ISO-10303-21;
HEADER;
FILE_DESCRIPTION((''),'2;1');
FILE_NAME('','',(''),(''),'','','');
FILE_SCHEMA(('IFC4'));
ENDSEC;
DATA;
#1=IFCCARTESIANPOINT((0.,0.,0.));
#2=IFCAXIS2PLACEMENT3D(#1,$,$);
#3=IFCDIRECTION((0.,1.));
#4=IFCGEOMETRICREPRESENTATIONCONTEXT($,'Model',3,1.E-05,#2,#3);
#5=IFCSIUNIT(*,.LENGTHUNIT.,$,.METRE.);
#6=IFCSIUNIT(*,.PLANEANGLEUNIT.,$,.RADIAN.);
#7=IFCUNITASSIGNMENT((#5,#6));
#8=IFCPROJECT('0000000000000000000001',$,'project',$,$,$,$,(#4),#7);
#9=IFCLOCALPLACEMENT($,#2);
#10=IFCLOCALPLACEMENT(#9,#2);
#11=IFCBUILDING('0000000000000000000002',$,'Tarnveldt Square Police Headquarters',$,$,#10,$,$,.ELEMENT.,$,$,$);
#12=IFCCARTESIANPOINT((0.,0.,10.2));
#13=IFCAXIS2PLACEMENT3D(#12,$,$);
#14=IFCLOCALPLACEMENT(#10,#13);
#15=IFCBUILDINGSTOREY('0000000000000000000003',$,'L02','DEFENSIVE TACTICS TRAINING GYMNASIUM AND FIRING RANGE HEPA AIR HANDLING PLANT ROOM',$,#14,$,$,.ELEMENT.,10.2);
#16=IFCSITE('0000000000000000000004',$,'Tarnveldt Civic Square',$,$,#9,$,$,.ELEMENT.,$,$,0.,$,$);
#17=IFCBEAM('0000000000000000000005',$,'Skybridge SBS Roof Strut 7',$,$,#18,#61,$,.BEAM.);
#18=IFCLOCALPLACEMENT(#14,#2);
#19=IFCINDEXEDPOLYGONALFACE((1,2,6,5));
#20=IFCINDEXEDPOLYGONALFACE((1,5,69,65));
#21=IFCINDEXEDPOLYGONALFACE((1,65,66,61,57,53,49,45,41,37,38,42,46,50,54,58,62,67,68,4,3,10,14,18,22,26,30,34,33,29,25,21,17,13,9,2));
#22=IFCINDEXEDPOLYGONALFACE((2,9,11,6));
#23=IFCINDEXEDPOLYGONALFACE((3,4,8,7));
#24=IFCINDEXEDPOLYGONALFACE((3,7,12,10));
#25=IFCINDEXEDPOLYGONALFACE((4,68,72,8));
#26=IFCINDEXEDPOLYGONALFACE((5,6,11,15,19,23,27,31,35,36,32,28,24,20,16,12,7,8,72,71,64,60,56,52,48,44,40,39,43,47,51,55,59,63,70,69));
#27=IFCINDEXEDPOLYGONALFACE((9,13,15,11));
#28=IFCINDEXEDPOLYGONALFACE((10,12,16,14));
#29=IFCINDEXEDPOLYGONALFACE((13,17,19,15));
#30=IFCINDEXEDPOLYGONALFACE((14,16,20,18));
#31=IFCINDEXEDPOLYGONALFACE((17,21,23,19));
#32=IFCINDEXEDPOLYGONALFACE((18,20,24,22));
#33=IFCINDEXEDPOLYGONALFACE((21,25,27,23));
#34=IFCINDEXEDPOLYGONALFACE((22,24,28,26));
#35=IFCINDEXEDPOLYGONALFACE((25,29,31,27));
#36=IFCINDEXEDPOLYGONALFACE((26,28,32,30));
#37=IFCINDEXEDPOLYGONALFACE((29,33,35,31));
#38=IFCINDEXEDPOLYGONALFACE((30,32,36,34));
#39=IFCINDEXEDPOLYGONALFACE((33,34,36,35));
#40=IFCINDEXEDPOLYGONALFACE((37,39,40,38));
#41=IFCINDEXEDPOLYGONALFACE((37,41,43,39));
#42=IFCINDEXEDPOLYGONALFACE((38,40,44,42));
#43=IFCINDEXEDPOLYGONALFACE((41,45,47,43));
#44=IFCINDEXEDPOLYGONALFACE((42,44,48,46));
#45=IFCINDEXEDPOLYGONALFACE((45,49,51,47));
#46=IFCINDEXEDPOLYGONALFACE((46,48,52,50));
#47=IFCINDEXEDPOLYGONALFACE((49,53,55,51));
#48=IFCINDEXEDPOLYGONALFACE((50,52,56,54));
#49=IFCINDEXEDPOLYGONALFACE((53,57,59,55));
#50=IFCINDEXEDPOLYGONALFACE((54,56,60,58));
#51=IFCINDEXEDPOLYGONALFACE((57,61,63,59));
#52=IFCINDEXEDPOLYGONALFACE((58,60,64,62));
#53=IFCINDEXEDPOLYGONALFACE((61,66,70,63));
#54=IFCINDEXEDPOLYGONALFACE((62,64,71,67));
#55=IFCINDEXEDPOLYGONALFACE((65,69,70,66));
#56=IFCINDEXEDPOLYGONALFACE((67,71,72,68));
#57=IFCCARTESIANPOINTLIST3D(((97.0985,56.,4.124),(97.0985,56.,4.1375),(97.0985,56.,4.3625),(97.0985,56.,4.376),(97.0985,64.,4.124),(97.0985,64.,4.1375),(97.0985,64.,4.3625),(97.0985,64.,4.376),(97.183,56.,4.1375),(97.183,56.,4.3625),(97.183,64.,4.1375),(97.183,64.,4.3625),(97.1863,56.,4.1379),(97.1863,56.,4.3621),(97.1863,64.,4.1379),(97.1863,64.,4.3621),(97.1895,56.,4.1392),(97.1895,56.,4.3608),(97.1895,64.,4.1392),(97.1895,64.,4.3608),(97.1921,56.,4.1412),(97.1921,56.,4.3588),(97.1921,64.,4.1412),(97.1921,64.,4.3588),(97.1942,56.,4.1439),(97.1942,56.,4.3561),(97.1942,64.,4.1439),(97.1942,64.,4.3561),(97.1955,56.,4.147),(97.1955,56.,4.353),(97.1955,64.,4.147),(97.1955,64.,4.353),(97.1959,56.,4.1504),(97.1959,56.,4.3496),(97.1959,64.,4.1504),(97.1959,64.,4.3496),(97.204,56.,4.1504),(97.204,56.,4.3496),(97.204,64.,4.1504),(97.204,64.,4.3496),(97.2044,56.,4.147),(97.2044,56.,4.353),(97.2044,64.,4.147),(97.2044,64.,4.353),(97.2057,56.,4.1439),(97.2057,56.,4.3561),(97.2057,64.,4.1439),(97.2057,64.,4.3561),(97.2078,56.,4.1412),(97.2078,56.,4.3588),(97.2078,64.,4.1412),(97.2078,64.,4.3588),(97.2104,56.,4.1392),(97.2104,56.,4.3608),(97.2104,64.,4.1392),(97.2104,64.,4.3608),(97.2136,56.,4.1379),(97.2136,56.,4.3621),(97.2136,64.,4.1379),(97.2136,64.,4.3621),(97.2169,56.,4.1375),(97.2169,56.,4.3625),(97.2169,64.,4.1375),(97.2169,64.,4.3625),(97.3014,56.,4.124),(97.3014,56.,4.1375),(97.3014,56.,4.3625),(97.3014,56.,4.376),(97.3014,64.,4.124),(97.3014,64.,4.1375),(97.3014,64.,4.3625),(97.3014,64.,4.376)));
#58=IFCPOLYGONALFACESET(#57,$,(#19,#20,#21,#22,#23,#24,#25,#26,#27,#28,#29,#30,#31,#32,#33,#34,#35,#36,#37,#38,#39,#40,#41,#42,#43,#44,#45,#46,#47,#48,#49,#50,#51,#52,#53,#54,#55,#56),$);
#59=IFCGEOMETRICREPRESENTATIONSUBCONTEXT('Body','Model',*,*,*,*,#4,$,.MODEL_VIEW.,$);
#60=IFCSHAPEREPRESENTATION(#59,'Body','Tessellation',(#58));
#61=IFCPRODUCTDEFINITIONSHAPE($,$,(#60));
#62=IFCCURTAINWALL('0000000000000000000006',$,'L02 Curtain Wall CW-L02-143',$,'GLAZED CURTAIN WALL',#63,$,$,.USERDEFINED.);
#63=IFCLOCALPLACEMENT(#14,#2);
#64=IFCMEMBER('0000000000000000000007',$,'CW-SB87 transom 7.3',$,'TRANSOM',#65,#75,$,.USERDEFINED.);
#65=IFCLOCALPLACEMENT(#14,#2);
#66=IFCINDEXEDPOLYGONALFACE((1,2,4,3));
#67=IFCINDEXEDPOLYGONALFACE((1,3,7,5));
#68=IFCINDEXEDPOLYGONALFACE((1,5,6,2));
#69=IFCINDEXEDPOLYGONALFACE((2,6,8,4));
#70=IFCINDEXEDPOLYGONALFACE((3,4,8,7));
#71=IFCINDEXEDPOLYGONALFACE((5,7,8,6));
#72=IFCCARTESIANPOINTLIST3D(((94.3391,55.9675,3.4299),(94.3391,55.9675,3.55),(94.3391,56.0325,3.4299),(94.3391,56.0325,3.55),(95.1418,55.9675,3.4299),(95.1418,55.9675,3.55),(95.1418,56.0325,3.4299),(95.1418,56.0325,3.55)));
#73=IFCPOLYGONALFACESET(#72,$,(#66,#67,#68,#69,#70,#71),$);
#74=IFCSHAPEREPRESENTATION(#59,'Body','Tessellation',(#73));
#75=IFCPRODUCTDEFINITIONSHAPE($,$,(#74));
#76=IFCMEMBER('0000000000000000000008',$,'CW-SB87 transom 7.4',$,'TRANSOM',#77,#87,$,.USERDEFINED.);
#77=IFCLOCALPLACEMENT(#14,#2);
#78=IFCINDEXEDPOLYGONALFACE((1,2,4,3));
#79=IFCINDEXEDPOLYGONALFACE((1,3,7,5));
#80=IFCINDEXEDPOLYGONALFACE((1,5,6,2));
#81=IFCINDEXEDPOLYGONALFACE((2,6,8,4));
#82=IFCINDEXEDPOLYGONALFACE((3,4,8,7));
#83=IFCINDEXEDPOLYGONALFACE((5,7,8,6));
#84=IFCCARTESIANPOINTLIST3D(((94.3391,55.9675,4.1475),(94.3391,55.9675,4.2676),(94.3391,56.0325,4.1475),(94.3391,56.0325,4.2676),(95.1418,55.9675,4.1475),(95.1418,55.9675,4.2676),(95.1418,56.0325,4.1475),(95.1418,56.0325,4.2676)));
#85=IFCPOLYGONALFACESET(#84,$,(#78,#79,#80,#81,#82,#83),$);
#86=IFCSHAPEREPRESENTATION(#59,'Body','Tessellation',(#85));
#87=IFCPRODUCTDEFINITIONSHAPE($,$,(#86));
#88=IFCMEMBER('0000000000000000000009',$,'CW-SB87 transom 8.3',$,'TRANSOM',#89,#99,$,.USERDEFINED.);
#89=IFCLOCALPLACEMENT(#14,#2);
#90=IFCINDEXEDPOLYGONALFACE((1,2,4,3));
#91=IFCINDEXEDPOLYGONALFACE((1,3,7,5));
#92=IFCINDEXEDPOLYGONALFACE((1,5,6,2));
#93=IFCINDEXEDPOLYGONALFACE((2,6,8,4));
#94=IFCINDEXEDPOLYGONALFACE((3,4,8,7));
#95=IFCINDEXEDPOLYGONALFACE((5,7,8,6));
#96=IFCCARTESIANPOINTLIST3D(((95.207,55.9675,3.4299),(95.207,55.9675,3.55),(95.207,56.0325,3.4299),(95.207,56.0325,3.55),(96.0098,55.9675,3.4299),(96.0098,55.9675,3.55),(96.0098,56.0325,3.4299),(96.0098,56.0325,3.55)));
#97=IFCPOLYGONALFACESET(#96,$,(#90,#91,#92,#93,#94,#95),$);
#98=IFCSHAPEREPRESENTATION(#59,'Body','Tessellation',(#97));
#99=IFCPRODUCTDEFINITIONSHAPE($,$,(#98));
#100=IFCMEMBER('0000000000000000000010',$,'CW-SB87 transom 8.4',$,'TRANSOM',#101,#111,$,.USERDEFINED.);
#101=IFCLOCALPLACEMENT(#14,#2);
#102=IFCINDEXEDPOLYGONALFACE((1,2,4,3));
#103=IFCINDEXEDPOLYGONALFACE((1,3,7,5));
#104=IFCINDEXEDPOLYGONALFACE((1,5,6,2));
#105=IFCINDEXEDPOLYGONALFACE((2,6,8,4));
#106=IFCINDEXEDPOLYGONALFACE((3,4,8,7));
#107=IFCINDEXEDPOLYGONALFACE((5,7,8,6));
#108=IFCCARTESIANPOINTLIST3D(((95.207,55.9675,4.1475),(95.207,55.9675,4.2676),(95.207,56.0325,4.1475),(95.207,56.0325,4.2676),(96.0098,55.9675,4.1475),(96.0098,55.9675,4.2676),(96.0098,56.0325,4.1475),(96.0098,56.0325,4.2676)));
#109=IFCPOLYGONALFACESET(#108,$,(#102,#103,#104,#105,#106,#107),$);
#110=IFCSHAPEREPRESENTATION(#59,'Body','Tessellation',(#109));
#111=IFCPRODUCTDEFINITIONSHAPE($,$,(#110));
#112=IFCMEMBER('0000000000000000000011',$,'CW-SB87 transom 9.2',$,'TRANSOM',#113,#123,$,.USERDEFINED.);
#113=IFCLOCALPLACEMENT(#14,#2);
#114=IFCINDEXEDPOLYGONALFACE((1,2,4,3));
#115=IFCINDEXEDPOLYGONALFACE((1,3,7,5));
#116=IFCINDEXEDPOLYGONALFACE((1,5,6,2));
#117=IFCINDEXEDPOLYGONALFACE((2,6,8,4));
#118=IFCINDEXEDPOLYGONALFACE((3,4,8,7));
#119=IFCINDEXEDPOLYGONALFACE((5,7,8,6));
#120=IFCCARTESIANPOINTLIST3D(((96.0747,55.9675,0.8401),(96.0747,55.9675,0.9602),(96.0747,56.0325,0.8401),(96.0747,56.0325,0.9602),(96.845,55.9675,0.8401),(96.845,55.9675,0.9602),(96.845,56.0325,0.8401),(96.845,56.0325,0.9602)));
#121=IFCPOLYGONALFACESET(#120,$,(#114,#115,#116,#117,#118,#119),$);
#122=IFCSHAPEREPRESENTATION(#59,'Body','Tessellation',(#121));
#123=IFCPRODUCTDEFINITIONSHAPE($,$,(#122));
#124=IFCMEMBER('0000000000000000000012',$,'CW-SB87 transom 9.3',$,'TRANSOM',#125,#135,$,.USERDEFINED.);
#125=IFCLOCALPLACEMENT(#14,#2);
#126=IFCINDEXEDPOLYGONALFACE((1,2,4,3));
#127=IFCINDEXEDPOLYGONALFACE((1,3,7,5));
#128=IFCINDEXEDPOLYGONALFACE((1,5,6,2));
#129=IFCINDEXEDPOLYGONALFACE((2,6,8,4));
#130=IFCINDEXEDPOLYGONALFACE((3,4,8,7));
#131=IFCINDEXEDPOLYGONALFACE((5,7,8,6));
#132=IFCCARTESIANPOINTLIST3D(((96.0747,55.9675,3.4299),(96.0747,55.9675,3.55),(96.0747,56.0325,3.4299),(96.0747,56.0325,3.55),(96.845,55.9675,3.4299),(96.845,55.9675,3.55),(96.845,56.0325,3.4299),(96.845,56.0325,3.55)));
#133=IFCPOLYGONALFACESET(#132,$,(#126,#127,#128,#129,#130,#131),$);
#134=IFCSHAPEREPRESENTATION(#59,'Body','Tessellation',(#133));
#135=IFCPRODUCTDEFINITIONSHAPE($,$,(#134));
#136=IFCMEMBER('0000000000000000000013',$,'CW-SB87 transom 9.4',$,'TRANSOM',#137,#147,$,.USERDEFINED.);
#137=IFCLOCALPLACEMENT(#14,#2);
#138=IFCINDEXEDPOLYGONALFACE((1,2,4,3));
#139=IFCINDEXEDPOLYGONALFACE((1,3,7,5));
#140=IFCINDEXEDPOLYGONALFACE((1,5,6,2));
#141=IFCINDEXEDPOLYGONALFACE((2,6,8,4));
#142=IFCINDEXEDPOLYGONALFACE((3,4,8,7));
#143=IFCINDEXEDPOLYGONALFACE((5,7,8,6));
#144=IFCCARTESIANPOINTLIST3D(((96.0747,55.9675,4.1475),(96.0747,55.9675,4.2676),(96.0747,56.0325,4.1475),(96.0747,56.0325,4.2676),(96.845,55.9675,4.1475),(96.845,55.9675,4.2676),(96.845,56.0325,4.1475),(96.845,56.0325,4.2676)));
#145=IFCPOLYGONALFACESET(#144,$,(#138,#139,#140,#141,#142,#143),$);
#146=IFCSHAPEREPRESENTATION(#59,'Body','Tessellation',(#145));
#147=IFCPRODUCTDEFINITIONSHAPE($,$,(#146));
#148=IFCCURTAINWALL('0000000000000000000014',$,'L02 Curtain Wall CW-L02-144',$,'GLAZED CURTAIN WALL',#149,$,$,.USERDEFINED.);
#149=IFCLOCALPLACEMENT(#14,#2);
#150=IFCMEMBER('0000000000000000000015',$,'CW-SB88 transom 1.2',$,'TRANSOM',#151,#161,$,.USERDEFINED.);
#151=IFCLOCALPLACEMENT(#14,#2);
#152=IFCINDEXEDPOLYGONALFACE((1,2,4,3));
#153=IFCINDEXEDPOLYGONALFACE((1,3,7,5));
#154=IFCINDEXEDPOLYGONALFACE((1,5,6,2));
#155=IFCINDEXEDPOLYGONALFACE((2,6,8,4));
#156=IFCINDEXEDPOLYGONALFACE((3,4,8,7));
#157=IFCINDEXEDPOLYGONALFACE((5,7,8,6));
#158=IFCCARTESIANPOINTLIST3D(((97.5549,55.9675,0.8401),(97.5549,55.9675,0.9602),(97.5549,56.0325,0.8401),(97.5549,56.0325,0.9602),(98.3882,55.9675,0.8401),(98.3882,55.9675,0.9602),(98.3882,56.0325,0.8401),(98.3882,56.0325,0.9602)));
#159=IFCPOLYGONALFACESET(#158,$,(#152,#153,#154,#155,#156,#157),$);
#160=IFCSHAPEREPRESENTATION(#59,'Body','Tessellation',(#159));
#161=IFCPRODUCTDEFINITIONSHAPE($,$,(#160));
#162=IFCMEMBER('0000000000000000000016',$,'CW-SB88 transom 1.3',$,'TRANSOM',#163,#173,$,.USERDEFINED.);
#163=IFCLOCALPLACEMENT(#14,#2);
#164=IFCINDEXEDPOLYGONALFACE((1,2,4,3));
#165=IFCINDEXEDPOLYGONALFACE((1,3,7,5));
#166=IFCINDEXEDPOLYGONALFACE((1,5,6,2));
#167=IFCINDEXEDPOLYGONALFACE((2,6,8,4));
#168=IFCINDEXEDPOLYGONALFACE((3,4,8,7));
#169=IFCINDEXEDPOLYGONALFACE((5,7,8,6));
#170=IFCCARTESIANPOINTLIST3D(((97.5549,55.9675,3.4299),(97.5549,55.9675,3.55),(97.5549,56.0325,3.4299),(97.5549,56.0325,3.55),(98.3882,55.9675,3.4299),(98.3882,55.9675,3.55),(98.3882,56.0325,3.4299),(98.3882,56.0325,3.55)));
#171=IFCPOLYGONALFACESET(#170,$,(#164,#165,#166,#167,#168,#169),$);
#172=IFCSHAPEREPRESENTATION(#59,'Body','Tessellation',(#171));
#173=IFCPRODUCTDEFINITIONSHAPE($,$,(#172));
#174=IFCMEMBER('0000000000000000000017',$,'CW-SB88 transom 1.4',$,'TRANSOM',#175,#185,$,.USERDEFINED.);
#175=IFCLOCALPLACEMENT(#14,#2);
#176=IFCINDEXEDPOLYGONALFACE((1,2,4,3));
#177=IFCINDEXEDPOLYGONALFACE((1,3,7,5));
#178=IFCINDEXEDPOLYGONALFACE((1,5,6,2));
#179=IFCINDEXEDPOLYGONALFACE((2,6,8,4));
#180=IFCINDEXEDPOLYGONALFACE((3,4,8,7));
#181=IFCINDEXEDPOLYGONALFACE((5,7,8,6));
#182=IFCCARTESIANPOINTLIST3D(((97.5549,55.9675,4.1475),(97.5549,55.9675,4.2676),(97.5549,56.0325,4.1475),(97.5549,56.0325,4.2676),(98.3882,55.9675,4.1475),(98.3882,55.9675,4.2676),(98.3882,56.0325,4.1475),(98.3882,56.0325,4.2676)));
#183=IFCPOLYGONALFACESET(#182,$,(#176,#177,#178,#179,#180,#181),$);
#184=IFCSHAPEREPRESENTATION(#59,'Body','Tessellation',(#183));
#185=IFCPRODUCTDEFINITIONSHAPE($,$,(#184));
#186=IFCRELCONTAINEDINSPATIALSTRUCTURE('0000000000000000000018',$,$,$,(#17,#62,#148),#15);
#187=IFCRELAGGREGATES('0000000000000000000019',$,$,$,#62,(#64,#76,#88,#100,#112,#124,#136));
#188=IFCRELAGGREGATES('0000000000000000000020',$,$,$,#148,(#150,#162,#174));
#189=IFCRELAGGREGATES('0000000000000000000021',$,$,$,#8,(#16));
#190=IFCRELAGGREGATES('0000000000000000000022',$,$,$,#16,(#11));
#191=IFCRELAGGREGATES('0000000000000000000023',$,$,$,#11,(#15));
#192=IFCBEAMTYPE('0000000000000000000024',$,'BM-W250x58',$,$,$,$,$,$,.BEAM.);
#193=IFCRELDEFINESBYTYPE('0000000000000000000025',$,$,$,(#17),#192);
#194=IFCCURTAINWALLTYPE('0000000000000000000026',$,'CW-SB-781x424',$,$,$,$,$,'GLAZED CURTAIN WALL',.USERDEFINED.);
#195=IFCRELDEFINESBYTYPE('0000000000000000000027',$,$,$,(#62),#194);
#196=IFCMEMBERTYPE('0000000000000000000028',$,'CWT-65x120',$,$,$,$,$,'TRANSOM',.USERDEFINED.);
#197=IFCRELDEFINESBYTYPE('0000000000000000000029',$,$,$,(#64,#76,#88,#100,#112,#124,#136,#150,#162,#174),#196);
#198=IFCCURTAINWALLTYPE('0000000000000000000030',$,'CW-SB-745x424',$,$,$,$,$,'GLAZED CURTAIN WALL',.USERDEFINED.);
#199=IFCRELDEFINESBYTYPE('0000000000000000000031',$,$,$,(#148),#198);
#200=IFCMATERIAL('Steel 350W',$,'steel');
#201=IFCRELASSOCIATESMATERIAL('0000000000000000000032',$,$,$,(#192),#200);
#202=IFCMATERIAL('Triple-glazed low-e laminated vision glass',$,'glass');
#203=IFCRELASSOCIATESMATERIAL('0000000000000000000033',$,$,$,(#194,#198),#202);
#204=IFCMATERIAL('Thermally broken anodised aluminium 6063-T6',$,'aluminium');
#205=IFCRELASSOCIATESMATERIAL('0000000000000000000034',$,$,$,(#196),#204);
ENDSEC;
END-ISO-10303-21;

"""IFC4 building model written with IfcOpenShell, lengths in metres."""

from ifc_helpers import new_model, si_unit, direction, frame, origin, origin_2d, place, context, subcontext, project, spatial, rectangle, i_section, extrude, material, material_profile, profile_set, type_object, element, aggregate, save


model = new_model("IFC4")

# Units and contexts
model_context = context("Model", 3, precision=1e-05, world=origin(), true_north=direction((0.0, 1.0)))
body_context = subcontext(model_context, "Body", "Model", "MODEL_VIEW")
ifc_project = project(units=[si_unit("LENGTHUNIT", "METRE"), si_unit("PLANEANGLEUNIT", "RADIAN")], contexts=[model_context])

# Site, building, storey
site_placement = place(None, origin())
site = spatial("IfcSite", under=ifc_project, at=site_placement, Name="Tarnveldt Civic Square", CompositionType="ELEMENT", RefElevation=0.0)
building_placement = place(site_placement, origin())
building = spatial("IfcBuilding", under=site, at=building_placement, Name="Tarnveldt Square Police Headquarters", CompositionType="ELEMENT")
storey_placement = place(building_placement, frame((0.0, 0.0, 10.2)))
storey = spatial("IfcBuildingStorey", under=building, at=storey_placement, Name="L02", Description="DEFENSIVE TACTICS TRAINING GYMNASIUM AND FIRING RANGE HEPA AIR HANDLING PLANT ROOM", CompositionType="ELEMENT", Elevation=10.2)

# Beam
ifc_material_1 = material(Name="Steel 350W", Category="steel")
ifc_material_profile_1 = material_profile(ifc_material_1, i_section(OverallWidth=0.2029, OverallDepth=0.252, WebThickness=0.0081, FlangeThickness=0.0134, FilletRadius=0.0129, at=origin_2d()), Name="W250x58")
ifc_profile_set_1 = profile_set([ifc_material_profile_1], Name="Steel 350W")
beam_type = type_object("IfcBeamType", Name="BM-W250x58", PredefinedType="BEAM", material=ifc_profile_set_1)
beam_placement = place(storey_placement, frame((97.2, 56.0, 4.25), z_axis=(0.0, 1.0, 0.0), x_axis=(-1.0, 0.0, 0.0)))
element("IfcBeam", 1, at=beam_placement, inside=storey, type_object=beam_type, Name="Skybridge SBS Roof Strut 7", PredefinedType="BEAM", context=body_context, shape_type="SweptSolid", body=[
    extrude(i_section(OverallWidth=0.2029, OverallDepth=0.252, WebThickness=0.0081, FlangeThickness=0.0134, FilletRadius=0.0129, at=origin_2d()), origin(), (0.0, 0.0, 1.0), 8.0),
])

# Curtain walls, members
ifc_material_2 = material(Name="Triple-glazed low-e laminated vision glass", Category="glass")
curtain_wall_type_1 = type_object("IfcCurtainWallType", Name="CW-SB-781x424", ElementType="GLAZED CURTAIN WALL", PredefinedType="USERDEFINED", material=ifc_material_2)
curtain_wall_1_placement = place(storey_placement, origin())
curtain_wall_1 = element("IfcCurtainWall", 2, at=curtain_wall_1_placement, inside=storey, type_object=curtain_wall_type_1, Name="L02 Curtain Wall CW-L02-143", ObjectType="GLAZED CURTAIN WALL", PredefinedType="USERDEFINED")
ifc_material_3 = material(Name="Thermally broken anodised aluminium 6063-T6", Category="aluminium")
ifc_material_profile_2 = material_profile(ifc_material_3, rectangle(XDim=0.0649, YDim=0.1201, at=origin_2d()), Name="CW-T65x120")
ifc_profile_set_2 = profile_set([ifc_material_profile_2], Name="Thermally broken anodised aluminium 6063-T6")
member_type_1 = type_object("IfcMemberType", Name="CWT-65x120", ElementType="TRANSOM", PredefinedType="USERDEFINED", material=ifc_profile_set_2)
member_1_placement = place(storey_placement, frame((94.3391, 56.0, 3.49), z_axis=(1.0, 0.0, 0.0), x_axis=(0.0, 1.0, 0.0)))
member_1 = element("IfcMember", 3, at=member_1_placement, type_object=member_type_1, Name="CW-SB87 transom 7.3", ObjectType="TRANSOM", PredefinedType="USERDEFINED", context=body_context, shape_type="SweptSolid", body=[
    extrude(rectangle(XDim=0.0649, YDim=0.1201, at=origin_2d()), origin(), (0.0, 0.0, 1.0), 0.8027),
])
member_2_placement = place(storey_placement, frame((94.3391, 56.0, 4.2075), z_axis=(1.0, 0.0, 0.0), x_axis=(0.0, 1.0, 0.0)))
member_2 = element("IfcMember", 4, at=member_2_placement, type_object=member_type_1, Name="CW-SB87 transom 7.4", ObjectType="TRANSOM", PredefinedType="USERDEFINED", context=body_context, shape_type="SweptSolid", body=[
    extrude(rectangle(XDim=0.0649, YDim=0.1201, at=origin_2d()), origin(), (0.0, 0.0, 1.0), 0.8027),
])
member_3_placement = place(storey_placement, frame((95.207, 56.0, 3.49), z_axis=(1.0, 0.0, 0.0), x_axis=(0.0, 1.0, 0.0)))
member_3 = element("IfcMember", 5, at=member_3_placement, type_object=member_type_1, Name="CW-SB87 transom 8.3", ObjectType="TRANSOM", PredefinedType="USERDEFINED", context=body_context, shape_type="SweptSolid", body=[
    extrude(rectangle(XDim=0.0649, YDim=0.1201, at=origin_2d()), origin(), (0.0, 0.0, 1.0), 0.8027),
])
member_4_placement = place(storey_placement, frame((95.207, 56.0, 4.2075), z_axis=(1.0, 0.0, 0.0), x_axis=(0.0, 1.0, 0.0)))
member_4 = element("IfcMember", 6, at=member_4_placement, type_object=member_type_1, Name="CW-SB87 transom 8.4", ObjectType="TRANSOM", PredefinedType="USERDEFINED", context=body_context, shape_type="SweptSolid", body=[
    extrude(rectangle(XDim=0.0649, YDim=0.1201, at=origin_2d()), origin(), (0.0, 0.0, 1.0), 0.8027),
])
member_5_placement = place(storey_placement, frame((96.0747, 56.0, 0.9001), z_axis=(1.0, 0.0, 0.0), x_axis=(0.0, 1.0, 0.0)))
member_5 = element("IfcMember", 7, at=member_5_placement, type_object=member_type_1, Name="CW-SB87 transom 9.2", ObjectType="TRANSOM", PredefinedType="USERDEFINED", context=body_context, shape_type="SweptSolid", body=[
    extrude(rectangle(XDim=0.0649, YDim=0.1201, at=origin_2d()), origin(), (0.0, 0.0, 1.0), 0.7703),
])
member_6_placement = place(storey_placement, frame((96.0747, 56.0, 3.49), z_axis=(1.0, 0.0, 0.0), x_axis=(0.0, 1.0, 0.0)))
member_6 = element("IfcMember", 8, at=member_6_placement, type_object=member_type_1, Name="CW-SB87 transom 9.3", ObjectType="TRANSOM", PredefinedType="USERDEFINED", context=body_context, shape_type="SweptSolid", body=[
    extrude(rectangle(XDim=0.0649, YDim=0.1201, at=origin_2d()), origin(), (0.0, 0.0, 1.0), 0.7703),
])
member_7_placement = place(storey_placement, frame((96.0747, 56.0, 4.2075), z_axis=(1.0, 0.0, 0.0), x_axis=(0.0, 1.0, 0.0)))
member_7 = element("IfcMember", 9, at=member_7_placement, type_object=member_type_1, Name="CW-SB87 transom 9.4", ObjectType="TRANSOM", PredefinedType="USERDEFINED", context=body_context, shape_type="SweptSolid", body=[
    extrude(rectangle(XDim=0.0649, YDim=0.1201, at=origin_2d()), origin(), (0.0, 0.0, 1.0), 0.7703),
])
curtain_wall_type_2 = type_object("IfcCurtainWallType", Name="CW-SB-745x424", ElementType="GLAZED CURTAIN WALL", PredefinedType="USERDEFINED", material=ifc_material_2)
curtain_wall_2_placement = place(storey_placement, origin())
curtain_wall_2 = element("IfcCurtainWall", 10, at=curtain_wall_2_placement, inside=storey, type_object=curtain_wall_type_2, Name="L02 Curtain Wall CW-L02-144", ObjectType="GLAZED CURTAIN WALL", PredefinedType="USERDEFINED")
member_8_placement = place(storey_placement, frame((97.5549, 56.0, 0.9001), z_axis=(1.0, 0.0, 0.0), x_axis=(0.0, 1.0, 0.0)))
member_8 = element("IfcMember", 11, at=member_8_placement, type_object=member_type_1, Name="CW-SB88 transom 1.2", ObjectType="TRANSOM", PredefinedType="USERDEFINED", context=body_context, shape_type="SweptSolid", body=[
    extrude(rectangle(XDim=0.0649, YDim=0.1201, at=origin_2d()), origin(), (0.0, 0.0, 1.0), 0.8333),
])
member_9_placement = place(storey_placement, frame((97.5549, 56.0, 3.49), z_axis=(1.0, 0.0, 0.0), x_axis=(0.0, 1.0, 0.0)))
member_9 = element("IfcMember", 12, at=member_9_placement, type_object=member_type_1, Name="CW-SB88 transom 1.3", ObjectType="TRANSOM", PredefinedType="USERDEFINED", context=body_context, shape_type="SweptSolid", body=[
    extrude(rectangle(XDim=0.0649, YDim=0.1201, at=origin_2d()), origin(), (0.0, 0.0, 1.0), 0.8333),
])
member_10_placement = place(storey_placement, frame((97.5549, 56.0, 4.2075), z_axis=(1.0, 0.0, 0.0), x_axis=(0.0, 1.0, 0.0)))
member_10 = element("IfcMember", 13, at=member_10_placement, type_object=member_type_1, Name="CW-SB88 transom 1.4", ObjectType="TRANSOM", PredefinedType="USERDEFINED", context=body_context, shape_type="SweptSolid", body=[
    extrude(rectangle(XDim=0.0649, YDim=0.1201, at=origin_2d()), origin(), (0.0, 0.0, 1.0), 0.8333),
])

aggregate(curtain_wall_1, [member_1, member_2, member_3, member_4, member_5, member_6, member_7])
aggregate(curtain_wall_2, [member_8, member_9, member_10])

save(model, "model.ifc")
